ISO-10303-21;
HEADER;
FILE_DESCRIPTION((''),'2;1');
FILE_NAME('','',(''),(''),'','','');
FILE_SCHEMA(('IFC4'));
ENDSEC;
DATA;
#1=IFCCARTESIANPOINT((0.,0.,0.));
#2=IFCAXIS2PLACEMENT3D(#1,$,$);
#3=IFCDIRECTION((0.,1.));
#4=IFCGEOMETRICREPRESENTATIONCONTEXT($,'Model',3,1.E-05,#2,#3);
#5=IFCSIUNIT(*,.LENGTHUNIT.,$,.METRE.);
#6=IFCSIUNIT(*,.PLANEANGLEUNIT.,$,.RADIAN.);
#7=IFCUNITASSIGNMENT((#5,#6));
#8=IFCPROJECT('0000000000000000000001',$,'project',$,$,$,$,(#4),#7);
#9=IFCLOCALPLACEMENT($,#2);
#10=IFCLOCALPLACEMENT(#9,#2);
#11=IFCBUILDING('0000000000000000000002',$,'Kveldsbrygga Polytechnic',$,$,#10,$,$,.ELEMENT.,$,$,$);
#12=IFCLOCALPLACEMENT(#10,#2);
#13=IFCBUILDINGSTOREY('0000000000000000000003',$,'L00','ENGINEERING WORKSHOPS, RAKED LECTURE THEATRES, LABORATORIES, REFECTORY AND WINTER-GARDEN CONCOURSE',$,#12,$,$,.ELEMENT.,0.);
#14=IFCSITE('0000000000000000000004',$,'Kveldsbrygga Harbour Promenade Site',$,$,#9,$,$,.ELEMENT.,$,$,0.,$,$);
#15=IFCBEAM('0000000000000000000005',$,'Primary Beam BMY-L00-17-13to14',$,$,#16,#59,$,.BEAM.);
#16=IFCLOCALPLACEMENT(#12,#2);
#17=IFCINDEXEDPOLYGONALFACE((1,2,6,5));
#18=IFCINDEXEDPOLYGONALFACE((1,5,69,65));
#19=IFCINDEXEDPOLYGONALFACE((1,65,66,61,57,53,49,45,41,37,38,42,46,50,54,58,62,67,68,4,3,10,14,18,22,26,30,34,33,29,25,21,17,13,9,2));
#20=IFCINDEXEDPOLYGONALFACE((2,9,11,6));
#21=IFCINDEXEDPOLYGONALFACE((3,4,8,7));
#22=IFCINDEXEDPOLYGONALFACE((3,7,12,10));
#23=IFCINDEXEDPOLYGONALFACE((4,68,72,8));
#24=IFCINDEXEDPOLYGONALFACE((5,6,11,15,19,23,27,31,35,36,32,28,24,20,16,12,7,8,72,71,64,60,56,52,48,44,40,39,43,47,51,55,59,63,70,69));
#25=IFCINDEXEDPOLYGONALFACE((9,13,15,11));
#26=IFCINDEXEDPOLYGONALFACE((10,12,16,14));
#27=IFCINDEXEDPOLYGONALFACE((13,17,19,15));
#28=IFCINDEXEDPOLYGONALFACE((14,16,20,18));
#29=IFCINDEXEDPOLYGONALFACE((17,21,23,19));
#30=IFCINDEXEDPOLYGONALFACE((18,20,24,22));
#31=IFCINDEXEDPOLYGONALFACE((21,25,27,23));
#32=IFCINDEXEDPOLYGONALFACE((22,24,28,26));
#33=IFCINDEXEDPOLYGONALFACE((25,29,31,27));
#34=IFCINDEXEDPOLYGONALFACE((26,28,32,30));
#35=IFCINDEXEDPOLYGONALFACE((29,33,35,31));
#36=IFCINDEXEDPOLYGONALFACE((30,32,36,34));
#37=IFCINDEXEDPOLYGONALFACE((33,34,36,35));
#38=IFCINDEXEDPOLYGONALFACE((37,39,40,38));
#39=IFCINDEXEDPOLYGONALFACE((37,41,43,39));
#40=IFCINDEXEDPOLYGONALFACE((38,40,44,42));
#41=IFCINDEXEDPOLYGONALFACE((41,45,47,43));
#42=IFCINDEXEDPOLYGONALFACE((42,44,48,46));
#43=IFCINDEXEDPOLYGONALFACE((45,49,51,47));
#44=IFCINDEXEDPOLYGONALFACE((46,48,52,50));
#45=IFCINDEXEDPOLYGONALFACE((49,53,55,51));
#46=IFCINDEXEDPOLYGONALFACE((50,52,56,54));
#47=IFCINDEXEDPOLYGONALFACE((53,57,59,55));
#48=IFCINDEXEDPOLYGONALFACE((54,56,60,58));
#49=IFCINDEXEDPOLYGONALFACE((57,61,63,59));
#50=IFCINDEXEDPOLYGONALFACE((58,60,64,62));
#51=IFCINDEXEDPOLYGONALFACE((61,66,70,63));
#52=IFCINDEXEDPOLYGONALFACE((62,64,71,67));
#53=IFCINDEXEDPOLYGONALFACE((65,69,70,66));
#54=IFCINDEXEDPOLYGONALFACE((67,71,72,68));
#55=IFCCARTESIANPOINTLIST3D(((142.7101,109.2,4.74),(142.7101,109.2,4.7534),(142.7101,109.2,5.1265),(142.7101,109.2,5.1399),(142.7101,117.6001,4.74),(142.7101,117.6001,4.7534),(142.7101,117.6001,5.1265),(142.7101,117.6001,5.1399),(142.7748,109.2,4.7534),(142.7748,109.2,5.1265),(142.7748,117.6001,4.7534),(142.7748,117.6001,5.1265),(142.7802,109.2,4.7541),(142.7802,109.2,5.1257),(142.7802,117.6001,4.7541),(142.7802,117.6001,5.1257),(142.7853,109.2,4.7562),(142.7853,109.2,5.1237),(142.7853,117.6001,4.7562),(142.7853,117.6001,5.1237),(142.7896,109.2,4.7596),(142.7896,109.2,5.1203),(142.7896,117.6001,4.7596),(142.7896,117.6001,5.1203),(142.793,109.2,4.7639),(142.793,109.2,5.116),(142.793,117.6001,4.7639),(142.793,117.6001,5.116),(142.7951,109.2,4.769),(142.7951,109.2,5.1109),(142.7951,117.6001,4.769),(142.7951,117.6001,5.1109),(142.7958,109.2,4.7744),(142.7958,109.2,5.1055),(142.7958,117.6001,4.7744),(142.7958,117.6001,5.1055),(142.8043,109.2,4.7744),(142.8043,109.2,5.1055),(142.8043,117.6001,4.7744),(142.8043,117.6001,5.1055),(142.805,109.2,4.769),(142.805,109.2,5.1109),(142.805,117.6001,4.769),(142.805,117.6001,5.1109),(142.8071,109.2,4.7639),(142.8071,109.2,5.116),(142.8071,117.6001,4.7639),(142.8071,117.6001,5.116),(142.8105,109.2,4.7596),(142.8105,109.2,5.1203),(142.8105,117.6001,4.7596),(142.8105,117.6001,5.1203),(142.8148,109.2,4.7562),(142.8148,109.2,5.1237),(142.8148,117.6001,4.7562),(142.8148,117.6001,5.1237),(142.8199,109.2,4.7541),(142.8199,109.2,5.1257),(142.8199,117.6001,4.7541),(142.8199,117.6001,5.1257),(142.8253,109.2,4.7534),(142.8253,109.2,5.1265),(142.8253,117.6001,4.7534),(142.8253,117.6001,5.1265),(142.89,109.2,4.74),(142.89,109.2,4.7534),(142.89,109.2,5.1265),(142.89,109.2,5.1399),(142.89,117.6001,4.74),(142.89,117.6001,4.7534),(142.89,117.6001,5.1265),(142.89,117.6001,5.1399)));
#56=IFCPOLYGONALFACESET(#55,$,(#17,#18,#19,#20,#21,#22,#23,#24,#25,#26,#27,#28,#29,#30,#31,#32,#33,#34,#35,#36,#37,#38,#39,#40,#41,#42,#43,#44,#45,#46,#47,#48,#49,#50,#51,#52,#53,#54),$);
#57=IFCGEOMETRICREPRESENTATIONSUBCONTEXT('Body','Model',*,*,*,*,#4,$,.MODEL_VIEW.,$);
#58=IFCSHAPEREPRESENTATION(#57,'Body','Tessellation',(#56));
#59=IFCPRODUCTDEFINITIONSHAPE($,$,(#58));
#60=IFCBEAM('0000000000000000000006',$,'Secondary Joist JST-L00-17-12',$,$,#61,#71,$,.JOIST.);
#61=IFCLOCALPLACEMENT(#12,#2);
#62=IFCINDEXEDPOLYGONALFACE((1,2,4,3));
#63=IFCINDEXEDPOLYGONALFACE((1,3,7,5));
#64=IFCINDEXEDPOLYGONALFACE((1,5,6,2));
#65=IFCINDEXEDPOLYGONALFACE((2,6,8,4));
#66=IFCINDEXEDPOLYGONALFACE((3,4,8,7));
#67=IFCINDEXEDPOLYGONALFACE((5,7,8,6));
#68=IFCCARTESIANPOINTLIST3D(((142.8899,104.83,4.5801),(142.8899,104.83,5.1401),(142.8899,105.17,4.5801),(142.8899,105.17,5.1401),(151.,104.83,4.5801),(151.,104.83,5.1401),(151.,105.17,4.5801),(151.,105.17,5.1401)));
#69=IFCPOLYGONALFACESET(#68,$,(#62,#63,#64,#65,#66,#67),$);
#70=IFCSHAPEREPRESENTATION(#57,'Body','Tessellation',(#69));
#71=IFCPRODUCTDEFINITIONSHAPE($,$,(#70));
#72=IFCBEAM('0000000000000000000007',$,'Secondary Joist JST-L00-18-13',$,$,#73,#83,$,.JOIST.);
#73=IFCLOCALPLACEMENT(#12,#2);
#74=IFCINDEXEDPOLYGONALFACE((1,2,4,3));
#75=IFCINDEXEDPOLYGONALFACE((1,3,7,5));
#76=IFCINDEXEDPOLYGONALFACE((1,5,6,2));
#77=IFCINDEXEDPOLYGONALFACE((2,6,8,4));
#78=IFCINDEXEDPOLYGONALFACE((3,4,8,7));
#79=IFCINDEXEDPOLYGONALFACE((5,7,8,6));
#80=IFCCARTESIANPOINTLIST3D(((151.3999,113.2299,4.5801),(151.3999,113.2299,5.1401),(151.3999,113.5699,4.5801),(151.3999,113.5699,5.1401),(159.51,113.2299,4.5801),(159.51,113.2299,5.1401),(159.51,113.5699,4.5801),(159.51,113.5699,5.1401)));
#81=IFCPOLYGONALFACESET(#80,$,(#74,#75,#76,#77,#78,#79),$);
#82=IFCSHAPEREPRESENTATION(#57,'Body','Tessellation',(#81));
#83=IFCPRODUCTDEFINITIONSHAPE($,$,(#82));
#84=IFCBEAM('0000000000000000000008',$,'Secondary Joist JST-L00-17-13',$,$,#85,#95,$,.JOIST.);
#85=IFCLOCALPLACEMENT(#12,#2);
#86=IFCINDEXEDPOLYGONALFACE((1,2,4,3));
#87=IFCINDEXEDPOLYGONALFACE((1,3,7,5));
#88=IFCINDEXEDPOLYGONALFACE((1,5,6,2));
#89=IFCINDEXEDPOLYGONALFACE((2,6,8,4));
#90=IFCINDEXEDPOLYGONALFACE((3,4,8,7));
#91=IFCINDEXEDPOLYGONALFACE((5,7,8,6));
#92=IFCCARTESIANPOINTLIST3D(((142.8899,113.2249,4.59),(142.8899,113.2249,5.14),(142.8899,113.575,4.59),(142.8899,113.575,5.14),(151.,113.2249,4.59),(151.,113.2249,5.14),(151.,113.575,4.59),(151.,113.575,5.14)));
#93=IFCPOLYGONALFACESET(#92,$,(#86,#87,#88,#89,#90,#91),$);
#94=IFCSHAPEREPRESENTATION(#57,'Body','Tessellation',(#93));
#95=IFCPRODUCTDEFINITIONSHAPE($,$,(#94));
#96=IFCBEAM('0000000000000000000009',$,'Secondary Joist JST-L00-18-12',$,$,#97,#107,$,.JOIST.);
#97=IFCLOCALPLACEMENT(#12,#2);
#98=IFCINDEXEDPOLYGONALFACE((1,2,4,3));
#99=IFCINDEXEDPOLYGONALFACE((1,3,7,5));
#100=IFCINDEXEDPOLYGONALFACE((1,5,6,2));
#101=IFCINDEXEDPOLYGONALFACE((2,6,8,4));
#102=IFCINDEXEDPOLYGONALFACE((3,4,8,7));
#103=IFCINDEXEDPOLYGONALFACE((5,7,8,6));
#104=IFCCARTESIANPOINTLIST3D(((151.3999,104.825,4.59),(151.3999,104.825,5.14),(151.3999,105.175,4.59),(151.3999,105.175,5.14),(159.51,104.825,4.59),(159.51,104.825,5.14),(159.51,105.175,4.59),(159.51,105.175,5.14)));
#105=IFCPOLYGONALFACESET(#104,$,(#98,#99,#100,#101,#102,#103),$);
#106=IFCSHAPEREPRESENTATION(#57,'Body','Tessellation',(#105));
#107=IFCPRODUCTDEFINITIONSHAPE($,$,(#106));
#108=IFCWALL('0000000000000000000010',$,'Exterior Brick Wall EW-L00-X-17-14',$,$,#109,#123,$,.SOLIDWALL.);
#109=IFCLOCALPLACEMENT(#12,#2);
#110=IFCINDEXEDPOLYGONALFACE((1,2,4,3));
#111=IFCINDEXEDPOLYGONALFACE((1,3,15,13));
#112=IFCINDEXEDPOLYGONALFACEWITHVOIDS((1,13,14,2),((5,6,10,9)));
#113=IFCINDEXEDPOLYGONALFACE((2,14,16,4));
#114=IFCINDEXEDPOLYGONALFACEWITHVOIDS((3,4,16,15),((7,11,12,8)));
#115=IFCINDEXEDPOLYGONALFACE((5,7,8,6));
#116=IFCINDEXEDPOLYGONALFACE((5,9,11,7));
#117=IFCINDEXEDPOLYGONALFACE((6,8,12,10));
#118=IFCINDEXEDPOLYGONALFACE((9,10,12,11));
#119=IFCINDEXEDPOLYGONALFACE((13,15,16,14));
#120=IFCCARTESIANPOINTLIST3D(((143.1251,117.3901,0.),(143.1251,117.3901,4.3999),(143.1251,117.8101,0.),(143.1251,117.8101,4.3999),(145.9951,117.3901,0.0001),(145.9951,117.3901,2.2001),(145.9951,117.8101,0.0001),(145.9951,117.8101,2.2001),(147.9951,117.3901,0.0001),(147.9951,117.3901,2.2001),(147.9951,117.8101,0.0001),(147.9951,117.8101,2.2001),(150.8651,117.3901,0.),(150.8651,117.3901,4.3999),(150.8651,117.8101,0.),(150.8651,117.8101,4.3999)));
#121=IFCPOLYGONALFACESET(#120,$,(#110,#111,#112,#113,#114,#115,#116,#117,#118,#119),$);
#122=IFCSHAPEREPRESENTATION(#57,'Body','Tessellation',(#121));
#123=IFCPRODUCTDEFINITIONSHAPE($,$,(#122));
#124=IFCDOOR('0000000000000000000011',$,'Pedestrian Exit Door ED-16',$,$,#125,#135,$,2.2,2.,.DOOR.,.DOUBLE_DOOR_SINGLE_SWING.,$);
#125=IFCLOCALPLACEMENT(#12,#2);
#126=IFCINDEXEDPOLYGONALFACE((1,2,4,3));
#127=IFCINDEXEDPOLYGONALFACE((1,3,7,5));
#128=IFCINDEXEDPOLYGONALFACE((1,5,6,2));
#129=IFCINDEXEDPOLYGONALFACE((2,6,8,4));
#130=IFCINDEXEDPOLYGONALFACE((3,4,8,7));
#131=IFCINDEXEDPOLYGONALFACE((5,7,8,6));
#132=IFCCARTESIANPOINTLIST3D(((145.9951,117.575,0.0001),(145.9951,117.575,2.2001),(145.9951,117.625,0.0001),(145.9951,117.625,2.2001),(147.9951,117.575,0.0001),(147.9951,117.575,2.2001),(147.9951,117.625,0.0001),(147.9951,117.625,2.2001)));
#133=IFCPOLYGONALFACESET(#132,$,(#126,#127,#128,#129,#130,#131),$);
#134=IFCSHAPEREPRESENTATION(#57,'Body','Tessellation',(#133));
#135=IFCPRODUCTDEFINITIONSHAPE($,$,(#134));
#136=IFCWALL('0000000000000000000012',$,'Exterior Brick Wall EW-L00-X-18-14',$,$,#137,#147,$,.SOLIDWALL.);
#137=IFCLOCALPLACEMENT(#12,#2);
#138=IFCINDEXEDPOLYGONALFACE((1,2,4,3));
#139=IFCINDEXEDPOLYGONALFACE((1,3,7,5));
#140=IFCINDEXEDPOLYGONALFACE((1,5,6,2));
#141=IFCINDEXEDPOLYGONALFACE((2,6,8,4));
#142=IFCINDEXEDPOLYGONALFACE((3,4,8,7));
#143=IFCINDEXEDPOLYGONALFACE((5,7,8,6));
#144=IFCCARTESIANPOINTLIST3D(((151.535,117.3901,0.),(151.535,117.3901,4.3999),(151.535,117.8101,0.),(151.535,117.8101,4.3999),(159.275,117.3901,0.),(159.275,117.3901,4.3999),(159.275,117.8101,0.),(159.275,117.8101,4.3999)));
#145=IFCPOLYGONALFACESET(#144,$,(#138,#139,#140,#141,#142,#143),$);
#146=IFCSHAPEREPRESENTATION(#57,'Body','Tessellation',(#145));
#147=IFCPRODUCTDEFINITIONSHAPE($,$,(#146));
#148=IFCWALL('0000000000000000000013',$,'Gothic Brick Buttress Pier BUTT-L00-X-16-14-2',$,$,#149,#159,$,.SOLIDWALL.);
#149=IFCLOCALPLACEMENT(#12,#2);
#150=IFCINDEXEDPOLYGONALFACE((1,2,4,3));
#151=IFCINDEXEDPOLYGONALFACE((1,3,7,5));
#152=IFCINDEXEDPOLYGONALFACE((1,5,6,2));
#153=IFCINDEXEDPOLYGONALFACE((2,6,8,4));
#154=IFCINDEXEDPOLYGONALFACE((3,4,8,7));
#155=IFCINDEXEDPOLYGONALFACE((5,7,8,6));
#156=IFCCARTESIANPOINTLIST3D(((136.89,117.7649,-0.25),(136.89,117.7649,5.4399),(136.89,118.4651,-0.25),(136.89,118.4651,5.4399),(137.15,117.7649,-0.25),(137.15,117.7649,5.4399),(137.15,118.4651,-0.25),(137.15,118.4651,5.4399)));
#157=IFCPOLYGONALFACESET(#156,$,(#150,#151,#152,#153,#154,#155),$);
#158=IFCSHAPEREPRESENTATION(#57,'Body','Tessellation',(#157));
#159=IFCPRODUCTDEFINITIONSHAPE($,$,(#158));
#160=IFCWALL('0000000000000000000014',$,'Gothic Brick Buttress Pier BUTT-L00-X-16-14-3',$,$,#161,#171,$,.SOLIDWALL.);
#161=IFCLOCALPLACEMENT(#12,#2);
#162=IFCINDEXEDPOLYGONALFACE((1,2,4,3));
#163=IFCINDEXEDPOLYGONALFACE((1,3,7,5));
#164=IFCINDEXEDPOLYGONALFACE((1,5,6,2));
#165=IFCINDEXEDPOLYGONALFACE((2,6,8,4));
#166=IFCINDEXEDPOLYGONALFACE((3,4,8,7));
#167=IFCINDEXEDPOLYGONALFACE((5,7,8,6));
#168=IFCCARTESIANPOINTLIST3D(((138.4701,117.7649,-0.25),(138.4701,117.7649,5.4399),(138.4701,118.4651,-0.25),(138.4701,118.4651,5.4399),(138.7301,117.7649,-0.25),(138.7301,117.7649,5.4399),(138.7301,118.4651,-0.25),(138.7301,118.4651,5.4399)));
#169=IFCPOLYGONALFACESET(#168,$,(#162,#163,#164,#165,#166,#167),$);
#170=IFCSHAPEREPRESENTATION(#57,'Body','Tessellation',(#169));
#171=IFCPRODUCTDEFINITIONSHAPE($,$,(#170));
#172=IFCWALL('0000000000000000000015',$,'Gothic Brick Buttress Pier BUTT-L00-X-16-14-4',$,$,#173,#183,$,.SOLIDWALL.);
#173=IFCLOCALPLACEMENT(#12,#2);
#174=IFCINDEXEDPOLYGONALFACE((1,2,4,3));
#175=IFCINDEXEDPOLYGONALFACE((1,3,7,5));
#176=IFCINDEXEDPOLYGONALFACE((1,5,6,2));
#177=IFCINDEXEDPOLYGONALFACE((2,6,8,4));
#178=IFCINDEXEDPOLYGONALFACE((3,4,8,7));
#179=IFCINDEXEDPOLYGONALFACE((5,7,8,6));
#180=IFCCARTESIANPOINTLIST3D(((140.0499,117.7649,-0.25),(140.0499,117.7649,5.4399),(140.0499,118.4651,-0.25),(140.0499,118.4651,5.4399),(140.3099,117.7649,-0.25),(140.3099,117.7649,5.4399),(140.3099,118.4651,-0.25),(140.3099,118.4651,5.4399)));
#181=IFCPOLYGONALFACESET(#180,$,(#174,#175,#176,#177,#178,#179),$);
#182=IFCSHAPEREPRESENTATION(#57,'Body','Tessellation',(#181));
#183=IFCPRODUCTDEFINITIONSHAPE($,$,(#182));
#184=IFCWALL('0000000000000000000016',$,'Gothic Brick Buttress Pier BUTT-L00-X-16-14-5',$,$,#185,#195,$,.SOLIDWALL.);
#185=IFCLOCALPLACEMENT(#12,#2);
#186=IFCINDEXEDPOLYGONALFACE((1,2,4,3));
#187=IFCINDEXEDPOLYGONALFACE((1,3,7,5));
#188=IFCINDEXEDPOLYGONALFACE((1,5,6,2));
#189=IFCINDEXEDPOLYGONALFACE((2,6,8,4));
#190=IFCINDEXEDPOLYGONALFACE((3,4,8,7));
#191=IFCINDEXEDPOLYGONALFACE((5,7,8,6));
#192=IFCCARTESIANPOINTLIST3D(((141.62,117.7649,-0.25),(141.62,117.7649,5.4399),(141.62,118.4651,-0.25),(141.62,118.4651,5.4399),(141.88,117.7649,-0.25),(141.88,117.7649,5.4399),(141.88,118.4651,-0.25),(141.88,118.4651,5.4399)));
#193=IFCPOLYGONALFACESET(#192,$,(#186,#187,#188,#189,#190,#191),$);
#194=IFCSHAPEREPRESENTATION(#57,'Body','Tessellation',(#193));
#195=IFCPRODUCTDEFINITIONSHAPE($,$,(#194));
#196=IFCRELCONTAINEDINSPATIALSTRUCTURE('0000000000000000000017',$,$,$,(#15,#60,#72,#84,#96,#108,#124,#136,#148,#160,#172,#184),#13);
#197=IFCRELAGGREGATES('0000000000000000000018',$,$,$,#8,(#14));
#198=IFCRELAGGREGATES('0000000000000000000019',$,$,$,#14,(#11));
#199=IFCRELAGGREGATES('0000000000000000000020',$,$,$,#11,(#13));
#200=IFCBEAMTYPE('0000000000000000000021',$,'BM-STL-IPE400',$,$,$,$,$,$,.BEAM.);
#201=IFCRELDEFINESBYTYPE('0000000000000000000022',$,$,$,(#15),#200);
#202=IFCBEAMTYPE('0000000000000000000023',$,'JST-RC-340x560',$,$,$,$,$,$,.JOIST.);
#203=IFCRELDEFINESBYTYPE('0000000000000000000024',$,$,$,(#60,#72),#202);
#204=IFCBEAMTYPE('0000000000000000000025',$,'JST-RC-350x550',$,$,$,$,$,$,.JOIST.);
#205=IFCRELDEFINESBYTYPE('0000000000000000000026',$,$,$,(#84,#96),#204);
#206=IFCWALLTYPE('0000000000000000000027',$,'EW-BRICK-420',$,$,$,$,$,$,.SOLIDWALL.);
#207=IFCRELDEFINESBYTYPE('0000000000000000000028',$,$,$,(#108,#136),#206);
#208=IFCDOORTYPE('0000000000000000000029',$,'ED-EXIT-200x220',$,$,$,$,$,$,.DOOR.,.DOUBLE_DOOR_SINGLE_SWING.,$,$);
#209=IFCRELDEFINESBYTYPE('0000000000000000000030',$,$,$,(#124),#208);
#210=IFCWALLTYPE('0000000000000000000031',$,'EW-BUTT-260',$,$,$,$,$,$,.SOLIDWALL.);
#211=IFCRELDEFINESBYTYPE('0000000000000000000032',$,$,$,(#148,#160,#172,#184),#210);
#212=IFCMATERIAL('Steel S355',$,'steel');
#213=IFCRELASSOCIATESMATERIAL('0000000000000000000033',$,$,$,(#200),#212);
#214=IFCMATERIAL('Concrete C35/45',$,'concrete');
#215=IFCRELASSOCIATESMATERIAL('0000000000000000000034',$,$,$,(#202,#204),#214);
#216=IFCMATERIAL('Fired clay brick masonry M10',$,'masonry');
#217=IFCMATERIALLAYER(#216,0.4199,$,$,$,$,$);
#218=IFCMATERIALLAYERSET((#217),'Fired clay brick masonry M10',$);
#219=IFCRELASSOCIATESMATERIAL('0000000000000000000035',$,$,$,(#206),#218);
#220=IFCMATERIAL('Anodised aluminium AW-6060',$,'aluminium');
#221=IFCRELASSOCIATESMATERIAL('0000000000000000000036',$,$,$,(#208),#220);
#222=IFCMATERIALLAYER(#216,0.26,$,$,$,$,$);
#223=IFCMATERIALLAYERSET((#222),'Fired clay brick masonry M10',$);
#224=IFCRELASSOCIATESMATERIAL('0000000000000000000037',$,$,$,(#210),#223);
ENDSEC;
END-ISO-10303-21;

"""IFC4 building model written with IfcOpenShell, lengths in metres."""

from ifc_helpers import new_model, si_unit, direction, frame, frame_2d, origin, origin_2d, place, context, subcontext, project, spatial, rectangle, i_section, extrude, material, layer, layer_set, material_profile, profile_set, type_object, element, fill, save


model = new_model("IFC4")

# Units and contexts
model_context = context("Model", 3, precision=1e-05, world=origin(), true_north=direction((0.0, 1.0)))
body_context = subcontext(model_context, "Body", "Model", "MODEL_VIEW")
ifc_project = project(units=[si_unit("LENGTHUNIT", "METRE"), si_unit("PLANEANGLEUNIT", "RADIAN")], contexts=[model_context])

# Site, building, storey
site_placement = place(None, origin())
site = spatial("IfcSite", under=ifc_project, at=site_placement, Name="Kveldsbrygga Harbour Promenade Site", CompositionType="ELEMENT", RefElevation=0.0)
building_placement = place(site_placement, origin())
building = spatial("IfcBuilding", under=site, at=building_placement, Name="Kveldsbrygga Polytechnic", CompositionType="ELEMENT")
storey_placement = place(building_placement, origin())
storey = spatial("IfcBuildingStorey", under=building, at=storey_placement, Name="L00", Description="ENGINEERING WORKSHOPS, RAKED LECTURE THEATRES, LABORATORIES, REFECTORY AND WINTER-GARDEN CONCOURSE", CompositionType="ELEMENT", Elevation=0.0)

# Beams
ifc_material_1 = material(Name="Concrete C35/45", Category="concrete")
ifc_material_2 = material(Name="Steel S355", Category="steel")
ifc_material_profile_1 = material_profile(ifc_material_2, i_section(OverallWidth=0.1799, OverallDepth=0.3999, WebThickness=0.0085, FlangeThickness=0.0134, FilletRadius=0.021, at=origin_2d()), Name="IPE 400")
ifc_profile_set_1 = profile_set([ifc_material_profile_1], Name="Steel S355")
beam_type_1 = type_object("IfcBeamType", Name="BM-STL-IPE400", PredefinedType="BEAM", material=ifc_profile_set_1)
beam_1_placement = place(storey_placement, frame((142.8, 109.2, 4.9399), z_axis=(0.0, 1.0, 0.0), x_axis=(-1.0, 0.0, 0.0)))
element("IfcBeam", 1, at=beam_1_placement, inside=storey, type_object=beam_type_1, Name="Primary Beam BMY-L00-17-13to14", PredefinedType="BEAM", context=body_context, shape_type="SweptSolid", body=[
    extrude(i_section(OverallWidth=0.1799, OverallDepth=0.3999, WebThickness=0.0085, FlangeThickness=0.0134, FilletRadius=0.021, at=origin_2d()), origin(), (0.0, 0.0, 1.0), 8.4001),
])
ifc_material_profile_2 = material_profile(ifc_material_1, rectangle(XDim=0.3401, YDim=0.5601, at=origin_2d()), Name="RC 340x560")
ifc_profile_set_2 = profile_set([ifc_material_profile_2], Name="Concrete C35/45")
beam_type_2 = type_object("IfcBeamType", Name="JST-RC-340x560", PredefinedType="JOIST", material=ifc_profile_set_2)
for number, where, z_axis, x_axis, name in (
    (2, (142.8899, 105.0, 4.8601), (1.0, 0.0, 0.0), (0.0, 1.0, 0.0), "Secondary Joist JST-L00-17-12"),
    (3, (151.3999, 113.3999, 4.8601), (1.0, 0.0, 0.0), (0.0, 1.0, 0.0), "Secondary Joist JST-L00-18-13"),
):
    element("IfcBeam", number, at=place(storey_placement, frame(where, z_axis=z_axis, x_axis=x_axis)), inside=storey, type_object=beam_type_2, Name=name, PredefinedType="JOIST", context=body_context, shape_type="SweptSolid", body=[
        extrude(rectangle(XDim=0.3401, YDim=0.5601, at=origin_2d()), origin(), (0.0, 0.0, 1.0), 8.1101),
    ])
ifc_material_profile_3 = material_profile(ifc_material_1, rectangle(XDim=0.3501, YDim=0.55, at=origin_2d()), Name="RC 350x550")
ifc_profile_set_3 = profile_set([ifc_material_profile_3], Name="Concrete C35/45")
beam_type_3 = type_object("IfcBeamType", Name="JST-RC-350x550", PredefinedType="JOIST", material=ifc_profile_set_3)
for number, where, z_axis, x_axis, name in (
    (4, (142.8899, 113.3999, 4.865), (1.0, 0.0, 0.0), (0.0, 1.0, 0.0), "Secondary Joist JST-L00-17-13"),
    (5, (151.3999, 105.0, 4.865), (1.0, 0.0, 0.0), (0.0, 1.0, 0.0), "Secondary Joist JST-L00-18-12"),
):
    element("IfcBeam", number, at=place(storey_placement, frame(where, z_axis=z_axis, x_axis=x_axis)), inside=storey, type_object=beam_type_3, Name=name, PredefinedType="JOIST", context=body_context, shape_type="SweptSolid", body=[
        extrude(rectangle(XDim=0.3501, YDim=0.55, at=origin_2d()), origin(), (0.0, 0.0, 1.0), 8.1101),
    ])

# Wall, opening, door
ifc_material_3 = material(Name="Fired clay brick masonry M10", Category="masonry")
ifc_layer_1 = layer(ifc_material_3, 0.4199)
ifc_layer_set_1 = layer_set([ifc_layer_1], Name="Fired clay brick masonry M10")
wall_type_1 = type_object("IfcWallType", Name="EW-BRICK-420", PredefinedType="SOLIDWALL", material=ifc_layer_set_1)
wall_1_placement = place(storey_placement, frame((143.125, 117.6001, 0.0), z_axis=(0.0, 0.0, 1.0), x_axis=(1.0, 0.0, 0.0)))
wall_1 = element("IfcWall", 6, at=wall_1_placement, inside=storey, type_object=wall_type_1, Name="Exterior Brick Wall EW-L00-X-17-14", PredefinedType="SOLIDWALL", context=body_context, shape_type="SweptSolid", body=[
    extrude(rectangle(XDim=7.74, YDim=0.4199, at=frame_2d((3.8701, 0.0))), origin(), (0.0, 0.0, 1.0), 4.3999),
])
opening_placement = place(wall_1_placement, frame((2.8701, 0.0, 0.0)))
opening = element("IfcOpeningElement", 7, at=opening_placement, cuts=wall_1, PredefinedType="OPENING", context=body_context, shape_type="SweptSolid", body=[
    extrude(rectangle(XDim=2.0, YDim=2.2, at=frame_2d((1.0, 1.1001))), frame((0.0, 0.22, 0.0), z_axis=(0.0, -1.0, 0.0), x_axis=(1.0, 0.0, 0.0)), (0.0, 0.0, 1.0), 0.4399),
])
ifc_material_4 = material(Name="Anodised aluminium AW-6060", Category="aluminium")
door_type = type_object("IfcDoorType", Name="ED-EXIT-200x220", OperationType="DOUBLE_DOOR_SINGLE_SWING", PredefinedType="DOOR", material=ifc_material_4)
door_placement = place(opening_placement, origin())
door = element("IfcDoor", 8, at=door_placement, inside=storey, type_object=door_type, Name="Pedestrian Exit Door ED-16", OperationType="DOUBLE_DOOR_SINGLE_SWING", OverallHeight=2.2, OverallWidth=2.0, PredefinedType="DOOR", context=body_context, shape_type="SweptSolid", body=[
    extrude(rectangle(XDim=2.0, YDim=2.2, at=frame_2d((1.0, 1.1001))), frame((0.0, 0.0249, 0.0), z_axis=(0.0, -1.0, 0.0), x_axis=(1.0, 0.0, 0.0)), (0.0, 0.0, 1.0), 0.05),
])
fill(opening, door)

# Walls
wall_2_placement = place(storey_placement, frame((151.5349, 117.6001, 0.0), z_axis=(0.0, 0.0, 1.0), x_axis=(1.0, 0.0, 0.0)))
element("IfcWall", 9, at=wall_2_placement, inside=storey, type_object=wall_type_1, Name="Exterior Brick Wall EW-L00-X-18-14", PredefinedType="SOLIDWALL", context=body_context, shape_type="SweptSolid", body=[
    extrude(rectangle(XDim=7.74, YDim=0.4199, at=frame_2d((3.8701, 0.0))), origin(), (0.0, 0.0, 1.0), 4.3999),
])
ifc_layer_2 = layer(ifc_material_3, 0.26)
ifc_layer_set_2 = layer_set([ifc_layer_2], Name="Fired clay brick masonry M10")
wall_type_2 = type_object("IfcWallType", Name="EW-BUTT-260", PredefinedType="SOLIDWALL", material=ifc_layer_set_2)
for number, where, z_axis, x_axis, name in (
    (10, (137.02, 117.7649, -0.25), (0.0, 0.0, 1.0), (0.0, 1.0, 0.0), "Gothic Brick Buttress Pier BUTT-L00-X-16-14-2"),
    (11, (138.6001, 117.7649, -0.25), (0.0, 0.0, 1.0), (0.0, 1.0, 0.0), "Gothic Brick Buttress Pier BUTT-L00-X-16-14-3"),
    (12, (140.1799, 117.7649, -0.25), (0.0, 0.0, 1.0), (0.0, 1.0, 0.0), "Gothic Brick Buttress Pier BUTT-L00-X-16-14-4"),
    (13, (141.75, 117.7649, -0.25), (0.0, 0.0, 1.0), (0.0, 1.0, 0.0), "Gothic Brick Buttress Pier BUTT-L00-X-16-14-5"),
):
    element("IfcWall", number, at=place(storey_placement, frame(where, z_axis=z_axis, x_axis=x_axis)), inside=storey, type_object=wall_type_2, Name=name, PredefinedType="SOLIDWALL", context=body_context, shape_type="SweptSolid", body=[
        extrude(rectangle(XDim=0.7002, YDim=0.26, at=frame_2d((0.3501, 0.0))), origin(), (0.0, 0.0, 1.0), 5.6899),
    ])

save(model, "model.ifc")
